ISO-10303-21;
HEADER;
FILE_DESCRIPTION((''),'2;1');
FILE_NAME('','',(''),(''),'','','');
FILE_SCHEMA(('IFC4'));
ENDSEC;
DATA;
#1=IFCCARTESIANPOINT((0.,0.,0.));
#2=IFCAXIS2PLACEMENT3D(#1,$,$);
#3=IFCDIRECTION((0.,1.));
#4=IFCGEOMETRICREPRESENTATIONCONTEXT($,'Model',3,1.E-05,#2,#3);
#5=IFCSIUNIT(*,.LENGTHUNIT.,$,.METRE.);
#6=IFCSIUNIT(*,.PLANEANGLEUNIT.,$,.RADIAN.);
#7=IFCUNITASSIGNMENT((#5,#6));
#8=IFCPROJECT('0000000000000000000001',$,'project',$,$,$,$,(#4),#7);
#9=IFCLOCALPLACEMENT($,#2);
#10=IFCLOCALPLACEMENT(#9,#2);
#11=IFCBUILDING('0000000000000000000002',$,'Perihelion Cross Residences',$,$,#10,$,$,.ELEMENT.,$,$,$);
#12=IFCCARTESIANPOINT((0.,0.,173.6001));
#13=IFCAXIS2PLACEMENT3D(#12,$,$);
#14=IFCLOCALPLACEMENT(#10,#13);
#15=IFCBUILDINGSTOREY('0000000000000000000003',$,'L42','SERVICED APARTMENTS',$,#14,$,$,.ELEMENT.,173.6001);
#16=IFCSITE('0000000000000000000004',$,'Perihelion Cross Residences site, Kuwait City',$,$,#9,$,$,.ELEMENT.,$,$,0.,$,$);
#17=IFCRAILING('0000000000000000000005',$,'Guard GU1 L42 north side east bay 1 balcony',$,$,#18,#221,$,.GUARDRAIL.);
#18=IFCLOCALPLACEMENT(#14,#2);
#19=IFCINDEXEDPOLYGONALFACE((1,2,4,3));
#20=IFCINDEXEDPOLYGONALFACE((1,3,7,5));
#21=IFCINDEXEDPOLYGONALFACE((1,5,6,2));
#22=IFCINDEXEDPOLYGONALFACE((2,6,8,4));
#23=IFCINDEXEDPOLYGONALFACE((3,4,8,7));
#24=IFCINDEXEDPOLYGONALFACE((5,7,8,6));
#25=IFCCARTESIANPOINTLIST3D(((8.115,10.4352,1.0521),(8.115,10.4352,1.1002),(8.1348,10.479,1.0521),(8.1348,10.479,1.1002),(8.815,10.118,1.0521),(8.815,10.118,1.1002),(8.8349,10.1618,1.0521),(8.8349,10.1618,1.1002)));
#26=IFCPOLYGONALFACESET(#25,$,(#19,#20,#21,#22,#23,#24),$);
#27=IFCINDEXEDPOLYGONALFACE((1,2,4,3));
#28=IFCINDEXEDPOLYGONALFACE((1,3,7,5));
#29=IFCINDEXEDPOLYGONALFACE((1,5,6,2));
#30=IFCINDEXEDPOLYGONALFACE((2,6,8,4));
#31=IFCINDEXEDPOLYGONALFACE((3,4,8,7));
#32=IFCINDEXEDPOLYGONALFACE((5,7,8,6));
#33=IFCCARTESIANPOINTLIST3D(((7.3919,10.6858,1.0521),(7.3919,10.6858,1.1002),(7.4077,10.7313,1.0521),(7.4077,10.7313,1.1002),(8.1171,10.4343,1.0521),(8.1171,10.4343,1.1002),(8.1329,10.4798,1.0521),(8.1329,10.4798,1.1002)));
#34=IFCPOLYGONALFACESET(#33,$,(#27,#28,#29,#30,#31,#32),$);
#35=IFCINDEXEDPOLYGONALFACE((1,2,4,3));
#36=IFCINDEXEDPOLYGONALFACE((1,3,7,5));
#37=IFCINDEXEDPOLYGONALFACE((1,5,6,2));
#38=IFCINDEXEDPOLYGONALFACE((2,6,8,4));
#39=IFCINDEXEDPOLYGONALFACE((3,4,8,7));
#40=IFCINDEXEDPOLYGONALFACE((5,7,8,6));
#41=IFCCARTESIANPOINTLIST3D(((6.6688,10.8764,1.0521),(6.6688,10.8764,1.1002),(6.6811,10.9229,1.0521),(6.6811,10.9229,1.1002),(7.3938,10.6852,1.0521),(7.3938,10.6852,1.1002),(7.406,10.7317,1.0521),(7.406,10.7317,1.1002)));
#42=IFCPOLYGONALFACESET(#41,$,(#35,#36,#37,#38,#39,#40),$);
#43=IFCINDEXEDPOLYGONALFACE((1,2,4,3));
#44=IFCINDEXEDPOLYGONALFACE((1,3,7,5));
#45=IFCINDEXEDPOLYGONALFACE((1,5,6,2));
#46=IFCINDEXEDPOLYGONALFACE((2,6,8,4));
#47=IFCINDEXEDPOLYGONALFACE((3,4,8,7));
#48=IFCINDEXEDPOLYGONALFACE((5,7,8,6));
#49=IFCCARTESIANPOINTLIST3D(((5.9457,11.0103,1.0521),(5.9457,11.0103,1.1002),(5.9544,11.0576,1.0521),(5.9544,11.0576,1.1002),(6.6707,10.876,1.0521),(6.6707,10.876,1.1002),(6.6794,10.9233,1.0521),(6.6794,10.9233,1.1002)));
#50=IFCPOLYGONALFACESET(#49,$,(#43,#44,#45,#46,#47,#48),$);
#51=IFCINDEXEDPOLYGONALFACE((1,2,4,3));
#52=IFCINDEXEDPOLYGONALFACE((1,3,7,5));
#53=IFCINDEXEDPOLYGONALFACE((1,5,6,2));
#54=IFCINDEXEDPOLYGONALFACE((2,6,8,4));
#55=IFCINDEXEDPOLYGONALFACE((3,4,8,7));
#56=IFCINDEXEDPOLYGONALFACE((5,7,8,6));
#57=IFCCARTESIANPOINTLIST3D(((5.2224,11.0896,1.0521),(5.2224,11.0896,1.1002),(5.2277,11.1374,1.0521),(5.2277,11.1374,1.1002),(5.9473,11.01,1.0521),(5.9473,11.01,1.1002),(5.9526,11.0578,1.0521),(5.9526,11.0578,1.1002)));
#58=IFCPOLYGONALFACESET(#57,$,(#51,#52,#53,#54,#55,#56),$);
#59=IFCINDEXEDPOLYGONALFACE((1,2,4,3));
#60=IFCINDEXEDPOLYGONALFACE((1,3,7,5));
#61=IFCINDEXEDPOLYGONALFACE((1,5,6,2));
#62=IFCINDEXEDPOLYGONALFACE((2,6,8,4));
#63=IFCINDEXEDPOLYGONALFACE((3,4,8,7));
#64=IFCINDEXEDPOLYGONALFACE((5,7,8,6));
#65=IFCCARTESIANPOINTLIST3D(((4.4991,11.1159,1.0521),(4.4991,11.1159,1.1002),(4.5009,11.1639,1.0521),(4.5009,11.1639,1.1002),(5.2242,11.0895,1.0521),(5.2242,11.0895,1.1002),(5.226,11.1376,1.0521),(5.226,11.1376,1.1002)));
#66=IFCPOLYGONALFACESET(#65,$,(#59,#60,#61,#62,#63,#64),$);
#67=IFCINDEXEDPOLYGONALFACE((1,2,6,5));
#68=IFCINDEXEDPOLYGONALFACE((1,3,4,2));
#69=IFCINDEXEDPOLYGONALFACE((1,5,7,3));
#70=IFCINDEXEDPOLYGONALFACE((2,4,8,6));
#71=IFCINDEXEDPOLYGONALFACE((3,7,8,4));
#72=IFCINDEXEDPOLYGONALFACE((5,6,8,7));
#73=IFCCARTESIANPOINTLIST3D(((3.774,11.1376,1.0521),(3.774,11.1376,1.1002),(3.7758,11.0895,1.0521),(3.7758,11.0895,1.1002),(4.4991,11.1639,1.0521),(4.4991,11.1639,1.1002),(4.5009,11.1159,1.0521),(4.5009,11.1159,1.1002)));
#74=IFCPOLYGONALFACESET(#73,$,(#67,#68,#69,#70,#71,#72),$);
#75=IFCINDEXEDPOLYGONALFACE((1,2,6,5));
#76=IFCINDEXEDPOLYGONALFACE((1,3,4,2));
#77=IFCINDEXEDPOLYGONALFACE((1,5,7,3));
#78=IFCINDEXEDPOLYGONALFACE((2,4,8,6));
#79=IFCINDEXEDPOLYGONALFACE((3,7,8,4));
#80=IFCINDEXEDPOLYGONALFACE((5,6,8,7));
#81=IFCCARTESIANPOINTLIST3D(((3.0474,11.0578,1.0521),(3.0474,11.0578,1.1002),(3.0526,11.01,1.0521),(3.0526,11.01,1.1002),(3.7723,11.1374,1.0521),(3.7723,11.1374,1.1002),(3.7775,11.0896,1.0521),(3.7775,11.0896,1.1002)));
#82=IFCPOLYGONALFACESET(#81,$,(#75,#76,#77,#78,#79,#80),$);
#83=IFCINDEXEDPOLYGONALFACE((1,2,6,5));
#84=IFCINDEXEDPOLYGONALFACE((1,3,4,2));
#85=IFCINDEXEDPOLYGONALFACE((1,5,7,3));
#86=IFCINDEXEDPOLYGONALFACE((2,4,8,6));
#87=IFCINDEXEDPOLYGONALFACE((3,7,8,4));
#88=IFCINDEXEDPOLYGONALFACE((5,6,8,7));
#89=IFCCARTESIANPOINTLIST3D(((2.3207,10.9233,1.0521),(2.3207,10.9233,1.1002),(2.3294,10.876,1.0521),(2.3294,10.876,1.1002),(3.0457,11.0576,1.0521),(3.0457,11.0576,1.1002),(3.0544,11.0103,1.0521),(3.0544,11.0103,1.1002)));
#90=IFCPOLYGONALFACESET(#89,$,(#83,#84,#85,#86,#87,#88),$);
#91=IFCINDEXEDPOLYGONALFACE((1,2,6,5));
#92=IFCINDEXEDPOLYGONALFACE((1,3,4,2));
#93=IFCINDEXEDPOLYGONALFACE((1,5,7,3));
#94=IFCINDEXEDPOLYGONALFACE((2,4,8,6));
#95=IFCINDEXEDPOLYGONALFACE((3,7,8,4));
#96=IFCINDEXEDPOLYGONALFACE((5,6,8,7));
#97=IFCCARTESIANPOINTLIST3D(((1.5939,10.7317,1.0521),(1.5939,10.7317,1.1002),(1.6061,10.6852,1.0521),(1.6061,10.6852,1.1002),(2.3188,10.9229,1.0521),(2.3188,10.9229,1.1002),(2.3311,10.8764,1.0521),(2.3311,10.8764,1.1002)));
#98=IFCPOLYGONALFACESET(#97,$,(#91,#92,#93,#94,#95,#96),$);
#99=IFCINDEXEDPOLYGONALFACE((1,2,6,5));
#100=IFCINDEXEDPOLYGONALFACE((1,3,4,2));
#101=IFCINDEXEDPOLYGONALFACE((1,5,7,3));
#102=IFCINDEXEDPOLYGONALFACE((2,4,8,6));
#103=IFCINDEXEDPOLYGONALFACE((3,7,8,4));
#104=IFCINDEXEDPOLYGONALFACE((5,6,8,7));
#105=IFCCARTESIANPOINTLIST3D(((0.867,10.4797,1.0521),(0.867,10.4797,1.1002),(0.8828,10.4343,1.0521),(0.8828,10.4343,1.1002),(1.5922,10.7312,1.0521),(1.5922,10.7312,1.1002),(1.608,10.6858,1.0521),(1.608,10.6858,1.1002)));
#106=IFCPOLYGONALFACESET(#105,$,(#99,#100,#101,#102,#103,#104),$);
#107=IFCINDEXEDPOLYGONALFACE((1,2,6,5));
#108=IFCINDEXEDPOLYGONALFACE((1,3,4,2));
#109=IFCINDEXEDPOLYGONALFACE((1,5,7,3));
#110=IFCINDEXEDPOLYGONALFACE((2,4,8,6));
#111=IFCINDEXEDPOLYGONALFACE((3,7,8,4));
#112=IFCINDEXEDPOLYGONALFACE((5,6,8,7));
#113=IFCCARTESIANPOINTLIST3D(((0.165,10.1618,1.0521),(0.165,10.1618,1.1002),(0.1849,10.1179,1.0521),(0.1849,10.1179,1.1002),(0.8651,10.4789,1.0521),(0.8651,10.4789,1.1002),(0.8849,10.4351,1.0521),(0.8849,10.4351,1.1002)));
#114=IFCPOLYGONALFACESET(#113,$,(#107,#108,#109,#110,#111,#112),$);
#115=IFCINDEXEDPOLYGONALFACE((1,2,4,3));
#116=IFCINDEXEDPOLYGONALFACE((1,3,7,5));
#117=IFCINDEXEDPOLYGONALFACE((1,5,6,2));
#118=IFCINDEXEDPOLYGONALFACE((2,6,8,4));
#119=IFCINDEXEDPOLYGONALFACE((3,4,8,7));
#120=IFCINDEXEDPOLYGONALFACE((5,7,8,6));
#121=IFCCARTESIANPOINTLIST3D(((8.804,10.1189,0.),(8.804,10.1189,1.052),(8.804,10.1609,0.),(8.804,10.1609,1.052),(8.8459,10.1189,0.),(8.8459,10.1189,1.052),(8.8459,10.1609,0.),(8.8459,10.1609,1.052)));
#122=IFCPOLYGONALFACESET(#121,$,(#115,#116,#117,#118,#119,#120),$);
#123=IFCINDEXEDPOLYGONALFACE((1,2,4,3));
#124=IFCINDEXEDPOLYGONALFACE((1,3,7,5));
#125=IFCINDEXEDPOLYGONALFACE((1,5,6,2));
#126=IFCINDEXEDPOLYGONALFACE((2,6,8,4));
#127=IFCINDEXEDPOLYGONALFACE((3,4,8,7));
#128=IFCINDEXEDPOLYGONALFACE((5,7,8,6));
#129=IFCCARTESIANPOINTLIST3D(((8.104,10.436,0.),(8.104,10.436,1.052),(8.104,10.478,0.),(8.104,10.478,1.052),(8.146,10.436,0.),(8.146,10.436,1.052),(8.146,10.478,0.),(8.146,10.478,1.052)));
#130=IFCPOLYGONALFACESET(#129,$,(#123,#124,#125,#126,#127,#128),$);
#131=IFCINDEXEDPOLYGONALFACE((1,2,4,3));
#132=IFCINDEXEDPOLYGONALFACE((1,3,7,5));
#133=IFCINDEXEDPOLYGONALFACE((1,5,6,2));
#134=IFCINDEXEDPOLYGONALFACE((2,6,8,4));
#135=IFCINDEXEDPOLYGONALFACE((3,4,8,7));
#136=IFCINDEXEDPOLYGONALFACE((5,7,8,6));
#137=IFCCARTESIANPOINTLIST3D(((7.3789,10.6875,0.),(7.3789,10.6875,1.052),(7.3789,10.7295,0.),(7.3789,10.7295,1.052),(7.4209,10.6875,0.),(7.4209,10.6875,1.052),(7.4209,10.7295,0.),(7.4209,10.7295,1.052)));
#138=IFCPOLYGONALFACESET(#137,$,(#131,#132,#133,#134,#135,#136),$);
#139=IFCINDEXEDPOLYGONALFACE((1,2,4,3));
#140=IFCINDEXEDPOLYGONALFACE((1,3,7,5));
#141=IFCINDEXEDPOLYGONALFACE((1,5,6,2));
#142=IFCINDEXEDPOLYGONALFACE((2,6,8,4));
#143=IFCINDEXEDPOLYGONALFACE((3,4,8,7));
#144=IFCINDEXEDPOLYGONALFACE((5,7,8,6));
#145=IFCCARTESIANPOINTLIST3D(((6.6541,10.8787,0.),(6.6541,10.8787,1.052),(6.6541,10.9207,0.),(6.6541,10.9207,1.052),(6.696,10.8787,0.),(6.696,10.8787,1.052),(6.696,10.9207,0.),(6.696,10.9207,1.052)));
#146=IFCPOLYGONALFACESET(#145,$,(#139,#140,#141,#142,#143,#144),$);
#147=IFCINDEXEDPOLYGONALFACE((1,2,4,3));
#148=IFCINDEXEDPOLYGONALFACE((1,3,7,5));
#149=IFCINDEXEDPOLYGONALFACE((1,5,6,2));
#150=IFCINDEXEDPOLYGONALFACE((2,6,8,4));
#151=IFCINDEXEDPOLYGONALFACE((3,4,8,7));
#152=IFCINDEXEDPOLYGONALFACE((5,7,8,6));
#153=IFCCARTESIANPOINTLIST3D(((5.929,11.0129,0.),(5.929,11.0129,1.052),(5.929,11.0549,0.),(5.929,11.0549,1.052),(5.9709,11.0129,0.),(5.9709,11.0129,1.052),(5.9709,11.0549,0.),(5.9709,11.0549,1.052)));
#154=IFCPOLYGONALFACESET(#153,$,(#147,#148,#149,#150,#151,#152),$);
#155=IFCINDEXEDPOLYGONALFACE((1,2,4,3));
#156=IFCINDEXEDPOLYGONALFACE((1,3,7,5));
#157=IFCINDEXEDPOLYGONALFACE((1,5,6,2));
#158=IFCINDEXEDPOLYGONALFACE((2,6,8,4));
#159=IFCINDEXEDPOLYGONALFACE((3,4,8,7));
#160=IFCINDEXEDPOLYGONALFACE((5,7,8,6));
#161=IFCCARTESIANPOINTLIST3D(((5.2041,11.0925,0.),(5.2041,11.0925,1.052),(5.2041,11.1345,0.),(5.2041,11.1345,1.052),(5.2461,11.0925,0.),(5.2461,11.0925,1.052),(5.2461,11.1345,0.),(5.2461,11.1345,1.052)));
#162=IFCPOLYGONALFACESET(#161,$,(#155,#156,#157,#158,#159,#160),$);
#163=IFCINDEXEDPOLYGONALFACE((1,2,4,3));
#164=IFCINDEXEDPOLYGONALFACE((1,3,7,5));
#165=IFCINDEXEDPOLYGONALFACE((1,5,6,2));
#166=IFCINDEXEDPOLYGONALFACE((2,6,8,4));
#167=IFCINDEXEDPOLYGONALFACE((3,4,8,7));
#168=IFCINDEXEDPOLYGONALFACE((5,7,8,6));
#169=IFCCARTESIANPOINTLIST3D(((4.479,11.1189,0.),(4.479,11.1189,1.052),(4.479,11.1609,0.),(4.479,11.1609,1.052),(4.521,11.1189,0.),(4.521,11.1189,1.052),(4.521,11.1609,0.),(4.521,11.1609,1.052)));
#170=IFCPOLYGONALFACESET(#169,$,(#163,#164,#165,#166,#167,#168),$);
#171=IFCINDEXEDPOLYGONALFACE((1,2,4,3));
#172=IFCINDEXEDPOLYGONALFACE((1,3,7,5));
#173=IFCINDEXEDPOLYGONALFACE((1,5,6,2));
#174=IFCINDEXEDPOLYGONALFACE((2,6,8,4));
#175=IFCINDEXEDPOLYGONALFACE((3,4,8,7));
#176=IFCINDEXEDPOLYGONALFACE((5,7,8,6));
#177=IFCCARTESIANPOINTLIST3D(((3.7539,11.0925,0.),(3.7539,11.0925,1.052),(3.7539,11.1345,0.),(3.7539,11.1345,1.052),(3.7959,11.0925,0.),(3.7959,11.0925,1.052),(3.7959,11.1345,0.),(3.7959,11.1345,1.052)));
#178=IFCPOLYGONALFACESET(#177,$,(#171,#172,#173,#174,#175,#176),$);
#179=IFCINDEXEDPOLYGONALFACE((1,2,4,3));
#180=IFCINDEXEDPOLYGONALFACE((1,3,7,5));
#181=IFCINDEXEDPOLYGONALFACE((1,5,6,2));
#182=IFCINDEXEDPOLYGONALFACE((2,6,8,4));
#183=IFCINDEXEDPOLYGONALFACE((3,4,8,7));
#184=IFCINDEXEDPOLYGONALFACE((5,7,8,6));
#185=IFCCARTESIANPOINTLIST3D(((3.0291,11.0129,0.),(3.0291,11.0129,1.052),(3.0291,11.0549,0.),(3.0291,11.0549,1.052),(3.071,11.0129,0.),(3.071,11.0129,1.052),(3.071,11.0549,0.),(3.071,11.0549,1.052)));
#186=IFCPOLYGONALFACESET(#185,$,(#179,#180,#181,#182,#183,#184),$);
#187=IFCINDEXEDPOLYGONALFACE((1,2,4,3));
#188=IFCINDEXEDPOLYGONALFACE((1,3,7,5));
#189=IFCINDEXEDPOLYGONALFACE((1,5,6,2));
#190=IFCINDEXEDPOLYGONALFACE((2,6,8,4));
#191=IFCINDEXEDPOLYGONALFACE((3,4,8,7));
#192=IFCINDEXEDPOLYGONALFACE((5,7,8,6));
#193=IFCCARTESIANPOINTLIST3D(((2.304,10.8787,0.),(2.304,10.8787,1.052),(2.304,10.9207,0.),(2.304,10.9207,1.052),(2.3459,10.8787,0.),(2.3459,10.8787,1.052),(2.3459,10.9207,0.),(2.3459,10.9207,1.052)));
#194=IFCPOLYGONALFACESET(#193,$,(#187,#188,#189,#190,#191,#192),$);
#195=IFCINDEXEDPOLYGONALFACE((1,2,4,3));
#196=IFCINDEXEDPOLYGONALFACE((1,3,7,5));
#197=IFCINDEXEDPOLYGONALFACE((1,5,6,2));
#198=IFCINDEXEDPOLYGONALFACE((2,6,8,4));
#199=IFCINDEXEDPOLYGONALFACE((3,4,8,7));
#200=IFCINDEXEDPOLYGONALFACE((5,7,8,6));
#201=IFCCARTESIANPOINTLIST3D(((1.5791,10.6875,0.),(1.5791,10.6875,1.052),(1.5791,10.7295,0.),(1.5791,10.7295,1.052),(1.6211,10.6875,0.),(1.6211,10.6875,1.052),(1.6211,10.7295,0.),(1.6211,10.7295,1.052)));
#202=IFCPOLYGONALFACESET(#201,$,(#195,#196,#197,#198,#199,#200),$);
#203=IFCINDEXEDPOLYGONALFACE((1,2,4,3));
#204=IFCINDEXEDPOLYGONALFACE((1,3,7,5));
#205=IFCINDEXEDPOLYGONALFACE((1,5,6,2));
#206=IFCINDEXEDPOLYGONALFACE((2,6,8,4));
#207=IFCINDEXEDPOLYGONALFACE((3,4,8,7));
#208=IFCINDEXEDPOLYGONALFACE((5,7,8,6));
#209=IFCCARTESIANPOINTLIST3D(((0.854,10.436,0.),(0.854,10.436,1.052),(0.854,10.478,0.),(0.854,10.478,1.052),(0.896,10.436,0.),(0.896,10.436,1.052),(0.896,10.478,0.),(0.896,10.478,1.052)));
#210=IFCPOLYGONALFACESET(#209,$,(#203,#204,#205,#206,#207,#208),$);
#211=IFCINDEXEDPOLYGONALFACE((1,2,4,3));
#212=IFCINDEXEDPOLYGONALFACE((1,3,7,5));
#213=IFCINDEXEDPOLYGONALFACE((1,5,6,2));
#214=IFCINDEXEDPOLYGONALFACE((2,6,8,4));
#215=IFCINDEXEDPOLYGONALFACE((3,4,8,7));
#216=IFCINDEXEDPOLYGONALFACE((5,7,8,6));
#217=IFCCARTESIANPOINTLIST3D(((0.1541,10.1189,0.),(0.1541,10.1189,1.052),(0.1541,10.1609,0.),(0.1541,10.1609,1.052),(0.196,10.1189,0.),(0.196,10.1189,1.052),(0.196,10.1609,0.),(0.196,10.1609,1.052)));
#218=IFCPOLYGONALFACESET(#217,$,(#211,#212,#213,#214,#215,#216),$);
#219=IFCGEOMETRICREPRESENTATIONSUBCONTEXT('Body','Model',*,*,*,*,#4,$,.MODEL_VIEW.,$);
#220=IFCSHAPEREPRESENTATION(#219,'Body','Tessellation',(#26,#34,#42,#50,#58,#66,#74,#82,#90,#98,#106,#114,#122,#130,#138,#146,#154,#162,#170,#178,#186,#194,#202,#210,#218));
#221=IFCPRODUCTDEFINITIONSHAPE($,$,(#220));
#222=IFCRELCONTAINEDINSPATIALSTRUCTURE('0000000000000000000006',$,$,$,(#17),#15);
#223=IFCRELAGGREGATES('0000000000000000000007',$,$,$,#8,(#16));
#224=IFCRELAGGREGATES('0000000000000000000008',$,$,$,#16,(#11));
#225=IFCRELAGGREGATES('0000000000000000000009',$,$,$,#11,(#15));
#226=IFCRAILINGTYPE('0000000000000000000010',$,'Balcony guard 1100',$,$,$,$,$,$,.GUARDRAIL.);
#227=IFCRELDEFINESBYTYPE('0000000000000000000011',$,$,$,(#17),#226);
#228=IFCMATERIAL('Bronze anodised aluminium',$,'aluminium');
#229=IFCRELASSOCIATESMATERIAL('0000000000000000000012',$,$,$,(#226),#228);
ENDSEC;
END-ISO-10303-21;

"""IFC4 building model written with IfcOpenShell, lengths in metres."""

from ifc_helpers import new_model, si_unit, direction, frame, origin, origin_2d, place, context, subcontext, project, spatial, rectangle, extrude, material, type_object, element, save


model = new_model("IFC4")

# Units and contexts
model_context = context("Model", 3, precision=1e-05, world=origin(), true_north=direction((0.0, 1.0)))
body_context = subcontext(model_context, "Body", "Model", "MODEL_VIEW")
ifc_project = project(units=[si_unit("LENGTHUNIT", "METRE"), si_unit("PLANEANGLEUNIT", "RADIAN")], contexts=[model_context])

# Site, building, storey
site_placement = place(None, origin())
site = spatial("IfcSite", under=ifc_project, at=site_placement, Name="Perihelion Cross Residences site, Kuwait City", CompositionType="ELEMENT", RefElevation=0.0)
building_placement = place(site_placement, origin())
building = spatial("IfcBuilding", under=site, at=building_placement, Name="Perihelion Cross Residences", CompositionType="ELEMENT")
storey_placement = place(building_placement, frame((0.0, 0.0, 173.6001)))
storey = spatial("IfcBuildingStorey", under=building, at=storey_placement, Name="L42", Description="SERVICED APARTMENTS", CompositionType="ELEMENT", Elevation=173.6001)

# Railing
ifc_material_1 = material(Name="Bronze anodised aluminium", Category="aluminium")
railing_type = type_object("IfcRailingType", Name="Balcony guard 1100", PredefinedType="GUARDRAIL", material=ifc_material_1)
railing_placement = place(storey_placement, frame((8.825, 10.1399, 0.0)))
element("IfcRailing", 1, at=railing_placement, inside=storey, type_object=railing_type, Name="Guard GU1 L42 north side east bay 1 balcony", PredefinedType="GUARDRAIL", context=body_context, shape_type="SweptSolid", body=[
    extrude(rectangle(XDim=0.0481, YDim=0.0481, at=origin_2d()), frame((0.0, 0.0, 1.0762), z_axis=(-0.910866, 0.412702, 0.0), x_axis=(-0.412702, -0.910866, 0.0)), (0.0, 0.0, 1.0), 0.7686),
    extrude(rectangle(XDim=0.0481, YDim=0.0481, at=origin_2d()), frame((-0.7, 0.3171, 1.0762), z_axis=(-0.944797, 0.327657, 0.0), x_axis=(-0.327657, -0.944797, 0.0)), (0.0, 0.0, 1.0), 0.7676),
    extrude(rectangle(XDim=0.0481, YDim=0.0481, at=origin_2d()), frame((-1.425, 0.5686, 1.0762), z_axis=(-0.966939, 0.255006, 0.0), x_axis=(-0.255006, -0.966939, 0.0)), (0.0, 0.0, 1.0), 0.7498),
    extrude(rectangle(XDim=0.0481, YDim=0.0481, at=origin_2d()), frame((-2.1499, 0.7598, 1.0762), z_axis=(-0.983282, 0.182089, 0.0), x_axis=(-0.182089, -0.983282, 0.0)), (0.0, 0.0, 1.0), 0.7373),
    extrude(rectangle(XDim=0.0481, YDim=0.0481, at=origin_2d()), frame((-2.875, 0.894, 1.0762), z_axis=(-0.994026, 0.109145, 0.0), x_axis=(-0.109145, -0.994026, 0.0)), (0.0, 0.0, 1.0), 0.7292),
    extrude(rectangle(XDim=0.0481, YDim=0.0481, at=origin_2d()), frame((-3.5999, 0.9736, 1.0762), z_axis=(-0.999339, 0.03634, 0.0), x_axis=(-0.03634, -0.999339, 0.0)), (0.0, 0.0, 1.0), 0.7256),
    extrude(rectangle(XDim=0.0481, YDim=0.0481, at=origin_2d()), frame((-4.325, 1.0, 1.0762), z_axis=(-0.999339, -0.03634, 0.0), x_axis=(0.03634, -0.999339, 0.0)), (0.0, 0.0, 1.0), 0.7256),
    extrude(rectangle(XDim=0.0481, YDim=0.0481, at=origin_2d()), frame((-5.05, 0.9736, 1.0762), z_axis=(-0.994026, -0.109145, 0.0), x_axis=(0.109145, -0.994026, 0.0)), (0.0, 0.0, 1.0), 0.7292),
    extrude(rectangle(XDim=0.0481, YDim=0.0481, at=origin_2d()), frame((-5.7749, 0.894, 1.0762), z_axis=(-0.983282, -0.182089, 0.0), x_axis=(0.182089, -0.983282, 0.0)), (0.0, 0.0, 1.0), 0.7373),
    extrude(rectangle(XDim=0.0481, YDim=0.0481, at=origin_2d()), frame((-6.5, 0.7598, 1.0762), z_axis=(-0.966939, -0.255006, 0.0), x_axis=(0.255006, -0.966939, 0.0)), (0.0, 0.0, 1.0), 0.7498),
    extrude(rectangle(XDim=0.0481, YDim=0.0481, at=origin_2d()), frame((-7.2249, 0.5686, 1.0762), z_axis=(-0.944797, -0.327657, 0.0), x_axis=(0.327657, -0.944797, 0.0)), (0.0, 0.0, 1.0), 0.7676),
    extrude(rectangle(XDim=0.0481, YDim=0.0481, at=origin_2d()), frame((-7.95, 0.3171, 1.0762), z_axis=(-0.910866, -0.412702, 0.0), x_axis=(0.412702, -0.910866, 0.0)), (0.0, 0.0, 1.0), 0.7686),
    extrude(rectangle(XDim=0.042, YDim=0.042, at=origin_2d()), origin(), (0.0, 0.0, 1.0), 1.052),
    extrude(rectangle(XDim=0.042, YDim=0.042, at=origin_2d()), frame((-0.7, 0.3171, 0.0)), (0.0, 0.0, 1.0), 1.052),
    extrude(rectangle(XDim=0.042, YDim=0.042, at=origin_2d()), frame((-1.425, 0.5686, 0.0)), (0.0, 0.0, 1.0), 1.052),
    extrude(rectangle(XDim=0.042, YDim=0.042, at=origin_2d()), frame((-2.1499, 0.7598, 0.0)), (0.0, 0.0, 1.0), 1.052),
    extrude(rectangle(XDim=0.042, YDim=0.042, at=origin_2d()), frame((-2.875, 0.894, 0.0)), (0.0, 0.0, 1.0), 1.052),
    extrude(rectangle(XDim=0.042, YDim=0.042, at=origin_2d()), frame((-3.5999, 0.9736, 0.0)), (0.0, 0.0, 1.0), 1.052),
    extrude(rectangle(XDim=0.042, YDim=0.042, at=origin_2d()), frame((-4.325, 1.0, 0.0)), (0.0, 0.0, 1.0), 1.052),
    extrude(rectangle(XDim=0.042, YDim=0.042, at=origin_2d()), frame((-5.05, 0.9736, 0.0)), (0.0, 0.0, 1.0), 1.052),
    extrude(rectangle(XDim=0.042, YDim=0.042, at=origin_2d()), frame((-5.7749, 0.894, 0.0)), (0.0, 0.0, 1.0), 1.052),
    extrude(rectangle(XDim=0.042, YDim=0.042, at=origin_2d()), frame((-6.5, 0.7598, 0.0)), (0.0, 0.0, 1.0), 1.052),
    extrude(rectangle(XDim=0.042, YDim=0.042, at=origin_2d()), frame((-7.2249, 0.5686, 0.0)), (0.0, 0.0, 1.0), 1.052),
    extrude(rectangle(XDim=0.042, YDim=0.042, at=origin_2d()), frame((-7.95, 0.3171, 0.0)), (0.0, 0.0, 1.0), 1.052),
    extrude(rectangle(XDim=0.042, YDim=0.042, at=origin_2d()), frame((-8.6499, 0.0, 0.0)), (0.0, 0.0, 1.0), 1.052),
])

save(model, "model.ifc")
